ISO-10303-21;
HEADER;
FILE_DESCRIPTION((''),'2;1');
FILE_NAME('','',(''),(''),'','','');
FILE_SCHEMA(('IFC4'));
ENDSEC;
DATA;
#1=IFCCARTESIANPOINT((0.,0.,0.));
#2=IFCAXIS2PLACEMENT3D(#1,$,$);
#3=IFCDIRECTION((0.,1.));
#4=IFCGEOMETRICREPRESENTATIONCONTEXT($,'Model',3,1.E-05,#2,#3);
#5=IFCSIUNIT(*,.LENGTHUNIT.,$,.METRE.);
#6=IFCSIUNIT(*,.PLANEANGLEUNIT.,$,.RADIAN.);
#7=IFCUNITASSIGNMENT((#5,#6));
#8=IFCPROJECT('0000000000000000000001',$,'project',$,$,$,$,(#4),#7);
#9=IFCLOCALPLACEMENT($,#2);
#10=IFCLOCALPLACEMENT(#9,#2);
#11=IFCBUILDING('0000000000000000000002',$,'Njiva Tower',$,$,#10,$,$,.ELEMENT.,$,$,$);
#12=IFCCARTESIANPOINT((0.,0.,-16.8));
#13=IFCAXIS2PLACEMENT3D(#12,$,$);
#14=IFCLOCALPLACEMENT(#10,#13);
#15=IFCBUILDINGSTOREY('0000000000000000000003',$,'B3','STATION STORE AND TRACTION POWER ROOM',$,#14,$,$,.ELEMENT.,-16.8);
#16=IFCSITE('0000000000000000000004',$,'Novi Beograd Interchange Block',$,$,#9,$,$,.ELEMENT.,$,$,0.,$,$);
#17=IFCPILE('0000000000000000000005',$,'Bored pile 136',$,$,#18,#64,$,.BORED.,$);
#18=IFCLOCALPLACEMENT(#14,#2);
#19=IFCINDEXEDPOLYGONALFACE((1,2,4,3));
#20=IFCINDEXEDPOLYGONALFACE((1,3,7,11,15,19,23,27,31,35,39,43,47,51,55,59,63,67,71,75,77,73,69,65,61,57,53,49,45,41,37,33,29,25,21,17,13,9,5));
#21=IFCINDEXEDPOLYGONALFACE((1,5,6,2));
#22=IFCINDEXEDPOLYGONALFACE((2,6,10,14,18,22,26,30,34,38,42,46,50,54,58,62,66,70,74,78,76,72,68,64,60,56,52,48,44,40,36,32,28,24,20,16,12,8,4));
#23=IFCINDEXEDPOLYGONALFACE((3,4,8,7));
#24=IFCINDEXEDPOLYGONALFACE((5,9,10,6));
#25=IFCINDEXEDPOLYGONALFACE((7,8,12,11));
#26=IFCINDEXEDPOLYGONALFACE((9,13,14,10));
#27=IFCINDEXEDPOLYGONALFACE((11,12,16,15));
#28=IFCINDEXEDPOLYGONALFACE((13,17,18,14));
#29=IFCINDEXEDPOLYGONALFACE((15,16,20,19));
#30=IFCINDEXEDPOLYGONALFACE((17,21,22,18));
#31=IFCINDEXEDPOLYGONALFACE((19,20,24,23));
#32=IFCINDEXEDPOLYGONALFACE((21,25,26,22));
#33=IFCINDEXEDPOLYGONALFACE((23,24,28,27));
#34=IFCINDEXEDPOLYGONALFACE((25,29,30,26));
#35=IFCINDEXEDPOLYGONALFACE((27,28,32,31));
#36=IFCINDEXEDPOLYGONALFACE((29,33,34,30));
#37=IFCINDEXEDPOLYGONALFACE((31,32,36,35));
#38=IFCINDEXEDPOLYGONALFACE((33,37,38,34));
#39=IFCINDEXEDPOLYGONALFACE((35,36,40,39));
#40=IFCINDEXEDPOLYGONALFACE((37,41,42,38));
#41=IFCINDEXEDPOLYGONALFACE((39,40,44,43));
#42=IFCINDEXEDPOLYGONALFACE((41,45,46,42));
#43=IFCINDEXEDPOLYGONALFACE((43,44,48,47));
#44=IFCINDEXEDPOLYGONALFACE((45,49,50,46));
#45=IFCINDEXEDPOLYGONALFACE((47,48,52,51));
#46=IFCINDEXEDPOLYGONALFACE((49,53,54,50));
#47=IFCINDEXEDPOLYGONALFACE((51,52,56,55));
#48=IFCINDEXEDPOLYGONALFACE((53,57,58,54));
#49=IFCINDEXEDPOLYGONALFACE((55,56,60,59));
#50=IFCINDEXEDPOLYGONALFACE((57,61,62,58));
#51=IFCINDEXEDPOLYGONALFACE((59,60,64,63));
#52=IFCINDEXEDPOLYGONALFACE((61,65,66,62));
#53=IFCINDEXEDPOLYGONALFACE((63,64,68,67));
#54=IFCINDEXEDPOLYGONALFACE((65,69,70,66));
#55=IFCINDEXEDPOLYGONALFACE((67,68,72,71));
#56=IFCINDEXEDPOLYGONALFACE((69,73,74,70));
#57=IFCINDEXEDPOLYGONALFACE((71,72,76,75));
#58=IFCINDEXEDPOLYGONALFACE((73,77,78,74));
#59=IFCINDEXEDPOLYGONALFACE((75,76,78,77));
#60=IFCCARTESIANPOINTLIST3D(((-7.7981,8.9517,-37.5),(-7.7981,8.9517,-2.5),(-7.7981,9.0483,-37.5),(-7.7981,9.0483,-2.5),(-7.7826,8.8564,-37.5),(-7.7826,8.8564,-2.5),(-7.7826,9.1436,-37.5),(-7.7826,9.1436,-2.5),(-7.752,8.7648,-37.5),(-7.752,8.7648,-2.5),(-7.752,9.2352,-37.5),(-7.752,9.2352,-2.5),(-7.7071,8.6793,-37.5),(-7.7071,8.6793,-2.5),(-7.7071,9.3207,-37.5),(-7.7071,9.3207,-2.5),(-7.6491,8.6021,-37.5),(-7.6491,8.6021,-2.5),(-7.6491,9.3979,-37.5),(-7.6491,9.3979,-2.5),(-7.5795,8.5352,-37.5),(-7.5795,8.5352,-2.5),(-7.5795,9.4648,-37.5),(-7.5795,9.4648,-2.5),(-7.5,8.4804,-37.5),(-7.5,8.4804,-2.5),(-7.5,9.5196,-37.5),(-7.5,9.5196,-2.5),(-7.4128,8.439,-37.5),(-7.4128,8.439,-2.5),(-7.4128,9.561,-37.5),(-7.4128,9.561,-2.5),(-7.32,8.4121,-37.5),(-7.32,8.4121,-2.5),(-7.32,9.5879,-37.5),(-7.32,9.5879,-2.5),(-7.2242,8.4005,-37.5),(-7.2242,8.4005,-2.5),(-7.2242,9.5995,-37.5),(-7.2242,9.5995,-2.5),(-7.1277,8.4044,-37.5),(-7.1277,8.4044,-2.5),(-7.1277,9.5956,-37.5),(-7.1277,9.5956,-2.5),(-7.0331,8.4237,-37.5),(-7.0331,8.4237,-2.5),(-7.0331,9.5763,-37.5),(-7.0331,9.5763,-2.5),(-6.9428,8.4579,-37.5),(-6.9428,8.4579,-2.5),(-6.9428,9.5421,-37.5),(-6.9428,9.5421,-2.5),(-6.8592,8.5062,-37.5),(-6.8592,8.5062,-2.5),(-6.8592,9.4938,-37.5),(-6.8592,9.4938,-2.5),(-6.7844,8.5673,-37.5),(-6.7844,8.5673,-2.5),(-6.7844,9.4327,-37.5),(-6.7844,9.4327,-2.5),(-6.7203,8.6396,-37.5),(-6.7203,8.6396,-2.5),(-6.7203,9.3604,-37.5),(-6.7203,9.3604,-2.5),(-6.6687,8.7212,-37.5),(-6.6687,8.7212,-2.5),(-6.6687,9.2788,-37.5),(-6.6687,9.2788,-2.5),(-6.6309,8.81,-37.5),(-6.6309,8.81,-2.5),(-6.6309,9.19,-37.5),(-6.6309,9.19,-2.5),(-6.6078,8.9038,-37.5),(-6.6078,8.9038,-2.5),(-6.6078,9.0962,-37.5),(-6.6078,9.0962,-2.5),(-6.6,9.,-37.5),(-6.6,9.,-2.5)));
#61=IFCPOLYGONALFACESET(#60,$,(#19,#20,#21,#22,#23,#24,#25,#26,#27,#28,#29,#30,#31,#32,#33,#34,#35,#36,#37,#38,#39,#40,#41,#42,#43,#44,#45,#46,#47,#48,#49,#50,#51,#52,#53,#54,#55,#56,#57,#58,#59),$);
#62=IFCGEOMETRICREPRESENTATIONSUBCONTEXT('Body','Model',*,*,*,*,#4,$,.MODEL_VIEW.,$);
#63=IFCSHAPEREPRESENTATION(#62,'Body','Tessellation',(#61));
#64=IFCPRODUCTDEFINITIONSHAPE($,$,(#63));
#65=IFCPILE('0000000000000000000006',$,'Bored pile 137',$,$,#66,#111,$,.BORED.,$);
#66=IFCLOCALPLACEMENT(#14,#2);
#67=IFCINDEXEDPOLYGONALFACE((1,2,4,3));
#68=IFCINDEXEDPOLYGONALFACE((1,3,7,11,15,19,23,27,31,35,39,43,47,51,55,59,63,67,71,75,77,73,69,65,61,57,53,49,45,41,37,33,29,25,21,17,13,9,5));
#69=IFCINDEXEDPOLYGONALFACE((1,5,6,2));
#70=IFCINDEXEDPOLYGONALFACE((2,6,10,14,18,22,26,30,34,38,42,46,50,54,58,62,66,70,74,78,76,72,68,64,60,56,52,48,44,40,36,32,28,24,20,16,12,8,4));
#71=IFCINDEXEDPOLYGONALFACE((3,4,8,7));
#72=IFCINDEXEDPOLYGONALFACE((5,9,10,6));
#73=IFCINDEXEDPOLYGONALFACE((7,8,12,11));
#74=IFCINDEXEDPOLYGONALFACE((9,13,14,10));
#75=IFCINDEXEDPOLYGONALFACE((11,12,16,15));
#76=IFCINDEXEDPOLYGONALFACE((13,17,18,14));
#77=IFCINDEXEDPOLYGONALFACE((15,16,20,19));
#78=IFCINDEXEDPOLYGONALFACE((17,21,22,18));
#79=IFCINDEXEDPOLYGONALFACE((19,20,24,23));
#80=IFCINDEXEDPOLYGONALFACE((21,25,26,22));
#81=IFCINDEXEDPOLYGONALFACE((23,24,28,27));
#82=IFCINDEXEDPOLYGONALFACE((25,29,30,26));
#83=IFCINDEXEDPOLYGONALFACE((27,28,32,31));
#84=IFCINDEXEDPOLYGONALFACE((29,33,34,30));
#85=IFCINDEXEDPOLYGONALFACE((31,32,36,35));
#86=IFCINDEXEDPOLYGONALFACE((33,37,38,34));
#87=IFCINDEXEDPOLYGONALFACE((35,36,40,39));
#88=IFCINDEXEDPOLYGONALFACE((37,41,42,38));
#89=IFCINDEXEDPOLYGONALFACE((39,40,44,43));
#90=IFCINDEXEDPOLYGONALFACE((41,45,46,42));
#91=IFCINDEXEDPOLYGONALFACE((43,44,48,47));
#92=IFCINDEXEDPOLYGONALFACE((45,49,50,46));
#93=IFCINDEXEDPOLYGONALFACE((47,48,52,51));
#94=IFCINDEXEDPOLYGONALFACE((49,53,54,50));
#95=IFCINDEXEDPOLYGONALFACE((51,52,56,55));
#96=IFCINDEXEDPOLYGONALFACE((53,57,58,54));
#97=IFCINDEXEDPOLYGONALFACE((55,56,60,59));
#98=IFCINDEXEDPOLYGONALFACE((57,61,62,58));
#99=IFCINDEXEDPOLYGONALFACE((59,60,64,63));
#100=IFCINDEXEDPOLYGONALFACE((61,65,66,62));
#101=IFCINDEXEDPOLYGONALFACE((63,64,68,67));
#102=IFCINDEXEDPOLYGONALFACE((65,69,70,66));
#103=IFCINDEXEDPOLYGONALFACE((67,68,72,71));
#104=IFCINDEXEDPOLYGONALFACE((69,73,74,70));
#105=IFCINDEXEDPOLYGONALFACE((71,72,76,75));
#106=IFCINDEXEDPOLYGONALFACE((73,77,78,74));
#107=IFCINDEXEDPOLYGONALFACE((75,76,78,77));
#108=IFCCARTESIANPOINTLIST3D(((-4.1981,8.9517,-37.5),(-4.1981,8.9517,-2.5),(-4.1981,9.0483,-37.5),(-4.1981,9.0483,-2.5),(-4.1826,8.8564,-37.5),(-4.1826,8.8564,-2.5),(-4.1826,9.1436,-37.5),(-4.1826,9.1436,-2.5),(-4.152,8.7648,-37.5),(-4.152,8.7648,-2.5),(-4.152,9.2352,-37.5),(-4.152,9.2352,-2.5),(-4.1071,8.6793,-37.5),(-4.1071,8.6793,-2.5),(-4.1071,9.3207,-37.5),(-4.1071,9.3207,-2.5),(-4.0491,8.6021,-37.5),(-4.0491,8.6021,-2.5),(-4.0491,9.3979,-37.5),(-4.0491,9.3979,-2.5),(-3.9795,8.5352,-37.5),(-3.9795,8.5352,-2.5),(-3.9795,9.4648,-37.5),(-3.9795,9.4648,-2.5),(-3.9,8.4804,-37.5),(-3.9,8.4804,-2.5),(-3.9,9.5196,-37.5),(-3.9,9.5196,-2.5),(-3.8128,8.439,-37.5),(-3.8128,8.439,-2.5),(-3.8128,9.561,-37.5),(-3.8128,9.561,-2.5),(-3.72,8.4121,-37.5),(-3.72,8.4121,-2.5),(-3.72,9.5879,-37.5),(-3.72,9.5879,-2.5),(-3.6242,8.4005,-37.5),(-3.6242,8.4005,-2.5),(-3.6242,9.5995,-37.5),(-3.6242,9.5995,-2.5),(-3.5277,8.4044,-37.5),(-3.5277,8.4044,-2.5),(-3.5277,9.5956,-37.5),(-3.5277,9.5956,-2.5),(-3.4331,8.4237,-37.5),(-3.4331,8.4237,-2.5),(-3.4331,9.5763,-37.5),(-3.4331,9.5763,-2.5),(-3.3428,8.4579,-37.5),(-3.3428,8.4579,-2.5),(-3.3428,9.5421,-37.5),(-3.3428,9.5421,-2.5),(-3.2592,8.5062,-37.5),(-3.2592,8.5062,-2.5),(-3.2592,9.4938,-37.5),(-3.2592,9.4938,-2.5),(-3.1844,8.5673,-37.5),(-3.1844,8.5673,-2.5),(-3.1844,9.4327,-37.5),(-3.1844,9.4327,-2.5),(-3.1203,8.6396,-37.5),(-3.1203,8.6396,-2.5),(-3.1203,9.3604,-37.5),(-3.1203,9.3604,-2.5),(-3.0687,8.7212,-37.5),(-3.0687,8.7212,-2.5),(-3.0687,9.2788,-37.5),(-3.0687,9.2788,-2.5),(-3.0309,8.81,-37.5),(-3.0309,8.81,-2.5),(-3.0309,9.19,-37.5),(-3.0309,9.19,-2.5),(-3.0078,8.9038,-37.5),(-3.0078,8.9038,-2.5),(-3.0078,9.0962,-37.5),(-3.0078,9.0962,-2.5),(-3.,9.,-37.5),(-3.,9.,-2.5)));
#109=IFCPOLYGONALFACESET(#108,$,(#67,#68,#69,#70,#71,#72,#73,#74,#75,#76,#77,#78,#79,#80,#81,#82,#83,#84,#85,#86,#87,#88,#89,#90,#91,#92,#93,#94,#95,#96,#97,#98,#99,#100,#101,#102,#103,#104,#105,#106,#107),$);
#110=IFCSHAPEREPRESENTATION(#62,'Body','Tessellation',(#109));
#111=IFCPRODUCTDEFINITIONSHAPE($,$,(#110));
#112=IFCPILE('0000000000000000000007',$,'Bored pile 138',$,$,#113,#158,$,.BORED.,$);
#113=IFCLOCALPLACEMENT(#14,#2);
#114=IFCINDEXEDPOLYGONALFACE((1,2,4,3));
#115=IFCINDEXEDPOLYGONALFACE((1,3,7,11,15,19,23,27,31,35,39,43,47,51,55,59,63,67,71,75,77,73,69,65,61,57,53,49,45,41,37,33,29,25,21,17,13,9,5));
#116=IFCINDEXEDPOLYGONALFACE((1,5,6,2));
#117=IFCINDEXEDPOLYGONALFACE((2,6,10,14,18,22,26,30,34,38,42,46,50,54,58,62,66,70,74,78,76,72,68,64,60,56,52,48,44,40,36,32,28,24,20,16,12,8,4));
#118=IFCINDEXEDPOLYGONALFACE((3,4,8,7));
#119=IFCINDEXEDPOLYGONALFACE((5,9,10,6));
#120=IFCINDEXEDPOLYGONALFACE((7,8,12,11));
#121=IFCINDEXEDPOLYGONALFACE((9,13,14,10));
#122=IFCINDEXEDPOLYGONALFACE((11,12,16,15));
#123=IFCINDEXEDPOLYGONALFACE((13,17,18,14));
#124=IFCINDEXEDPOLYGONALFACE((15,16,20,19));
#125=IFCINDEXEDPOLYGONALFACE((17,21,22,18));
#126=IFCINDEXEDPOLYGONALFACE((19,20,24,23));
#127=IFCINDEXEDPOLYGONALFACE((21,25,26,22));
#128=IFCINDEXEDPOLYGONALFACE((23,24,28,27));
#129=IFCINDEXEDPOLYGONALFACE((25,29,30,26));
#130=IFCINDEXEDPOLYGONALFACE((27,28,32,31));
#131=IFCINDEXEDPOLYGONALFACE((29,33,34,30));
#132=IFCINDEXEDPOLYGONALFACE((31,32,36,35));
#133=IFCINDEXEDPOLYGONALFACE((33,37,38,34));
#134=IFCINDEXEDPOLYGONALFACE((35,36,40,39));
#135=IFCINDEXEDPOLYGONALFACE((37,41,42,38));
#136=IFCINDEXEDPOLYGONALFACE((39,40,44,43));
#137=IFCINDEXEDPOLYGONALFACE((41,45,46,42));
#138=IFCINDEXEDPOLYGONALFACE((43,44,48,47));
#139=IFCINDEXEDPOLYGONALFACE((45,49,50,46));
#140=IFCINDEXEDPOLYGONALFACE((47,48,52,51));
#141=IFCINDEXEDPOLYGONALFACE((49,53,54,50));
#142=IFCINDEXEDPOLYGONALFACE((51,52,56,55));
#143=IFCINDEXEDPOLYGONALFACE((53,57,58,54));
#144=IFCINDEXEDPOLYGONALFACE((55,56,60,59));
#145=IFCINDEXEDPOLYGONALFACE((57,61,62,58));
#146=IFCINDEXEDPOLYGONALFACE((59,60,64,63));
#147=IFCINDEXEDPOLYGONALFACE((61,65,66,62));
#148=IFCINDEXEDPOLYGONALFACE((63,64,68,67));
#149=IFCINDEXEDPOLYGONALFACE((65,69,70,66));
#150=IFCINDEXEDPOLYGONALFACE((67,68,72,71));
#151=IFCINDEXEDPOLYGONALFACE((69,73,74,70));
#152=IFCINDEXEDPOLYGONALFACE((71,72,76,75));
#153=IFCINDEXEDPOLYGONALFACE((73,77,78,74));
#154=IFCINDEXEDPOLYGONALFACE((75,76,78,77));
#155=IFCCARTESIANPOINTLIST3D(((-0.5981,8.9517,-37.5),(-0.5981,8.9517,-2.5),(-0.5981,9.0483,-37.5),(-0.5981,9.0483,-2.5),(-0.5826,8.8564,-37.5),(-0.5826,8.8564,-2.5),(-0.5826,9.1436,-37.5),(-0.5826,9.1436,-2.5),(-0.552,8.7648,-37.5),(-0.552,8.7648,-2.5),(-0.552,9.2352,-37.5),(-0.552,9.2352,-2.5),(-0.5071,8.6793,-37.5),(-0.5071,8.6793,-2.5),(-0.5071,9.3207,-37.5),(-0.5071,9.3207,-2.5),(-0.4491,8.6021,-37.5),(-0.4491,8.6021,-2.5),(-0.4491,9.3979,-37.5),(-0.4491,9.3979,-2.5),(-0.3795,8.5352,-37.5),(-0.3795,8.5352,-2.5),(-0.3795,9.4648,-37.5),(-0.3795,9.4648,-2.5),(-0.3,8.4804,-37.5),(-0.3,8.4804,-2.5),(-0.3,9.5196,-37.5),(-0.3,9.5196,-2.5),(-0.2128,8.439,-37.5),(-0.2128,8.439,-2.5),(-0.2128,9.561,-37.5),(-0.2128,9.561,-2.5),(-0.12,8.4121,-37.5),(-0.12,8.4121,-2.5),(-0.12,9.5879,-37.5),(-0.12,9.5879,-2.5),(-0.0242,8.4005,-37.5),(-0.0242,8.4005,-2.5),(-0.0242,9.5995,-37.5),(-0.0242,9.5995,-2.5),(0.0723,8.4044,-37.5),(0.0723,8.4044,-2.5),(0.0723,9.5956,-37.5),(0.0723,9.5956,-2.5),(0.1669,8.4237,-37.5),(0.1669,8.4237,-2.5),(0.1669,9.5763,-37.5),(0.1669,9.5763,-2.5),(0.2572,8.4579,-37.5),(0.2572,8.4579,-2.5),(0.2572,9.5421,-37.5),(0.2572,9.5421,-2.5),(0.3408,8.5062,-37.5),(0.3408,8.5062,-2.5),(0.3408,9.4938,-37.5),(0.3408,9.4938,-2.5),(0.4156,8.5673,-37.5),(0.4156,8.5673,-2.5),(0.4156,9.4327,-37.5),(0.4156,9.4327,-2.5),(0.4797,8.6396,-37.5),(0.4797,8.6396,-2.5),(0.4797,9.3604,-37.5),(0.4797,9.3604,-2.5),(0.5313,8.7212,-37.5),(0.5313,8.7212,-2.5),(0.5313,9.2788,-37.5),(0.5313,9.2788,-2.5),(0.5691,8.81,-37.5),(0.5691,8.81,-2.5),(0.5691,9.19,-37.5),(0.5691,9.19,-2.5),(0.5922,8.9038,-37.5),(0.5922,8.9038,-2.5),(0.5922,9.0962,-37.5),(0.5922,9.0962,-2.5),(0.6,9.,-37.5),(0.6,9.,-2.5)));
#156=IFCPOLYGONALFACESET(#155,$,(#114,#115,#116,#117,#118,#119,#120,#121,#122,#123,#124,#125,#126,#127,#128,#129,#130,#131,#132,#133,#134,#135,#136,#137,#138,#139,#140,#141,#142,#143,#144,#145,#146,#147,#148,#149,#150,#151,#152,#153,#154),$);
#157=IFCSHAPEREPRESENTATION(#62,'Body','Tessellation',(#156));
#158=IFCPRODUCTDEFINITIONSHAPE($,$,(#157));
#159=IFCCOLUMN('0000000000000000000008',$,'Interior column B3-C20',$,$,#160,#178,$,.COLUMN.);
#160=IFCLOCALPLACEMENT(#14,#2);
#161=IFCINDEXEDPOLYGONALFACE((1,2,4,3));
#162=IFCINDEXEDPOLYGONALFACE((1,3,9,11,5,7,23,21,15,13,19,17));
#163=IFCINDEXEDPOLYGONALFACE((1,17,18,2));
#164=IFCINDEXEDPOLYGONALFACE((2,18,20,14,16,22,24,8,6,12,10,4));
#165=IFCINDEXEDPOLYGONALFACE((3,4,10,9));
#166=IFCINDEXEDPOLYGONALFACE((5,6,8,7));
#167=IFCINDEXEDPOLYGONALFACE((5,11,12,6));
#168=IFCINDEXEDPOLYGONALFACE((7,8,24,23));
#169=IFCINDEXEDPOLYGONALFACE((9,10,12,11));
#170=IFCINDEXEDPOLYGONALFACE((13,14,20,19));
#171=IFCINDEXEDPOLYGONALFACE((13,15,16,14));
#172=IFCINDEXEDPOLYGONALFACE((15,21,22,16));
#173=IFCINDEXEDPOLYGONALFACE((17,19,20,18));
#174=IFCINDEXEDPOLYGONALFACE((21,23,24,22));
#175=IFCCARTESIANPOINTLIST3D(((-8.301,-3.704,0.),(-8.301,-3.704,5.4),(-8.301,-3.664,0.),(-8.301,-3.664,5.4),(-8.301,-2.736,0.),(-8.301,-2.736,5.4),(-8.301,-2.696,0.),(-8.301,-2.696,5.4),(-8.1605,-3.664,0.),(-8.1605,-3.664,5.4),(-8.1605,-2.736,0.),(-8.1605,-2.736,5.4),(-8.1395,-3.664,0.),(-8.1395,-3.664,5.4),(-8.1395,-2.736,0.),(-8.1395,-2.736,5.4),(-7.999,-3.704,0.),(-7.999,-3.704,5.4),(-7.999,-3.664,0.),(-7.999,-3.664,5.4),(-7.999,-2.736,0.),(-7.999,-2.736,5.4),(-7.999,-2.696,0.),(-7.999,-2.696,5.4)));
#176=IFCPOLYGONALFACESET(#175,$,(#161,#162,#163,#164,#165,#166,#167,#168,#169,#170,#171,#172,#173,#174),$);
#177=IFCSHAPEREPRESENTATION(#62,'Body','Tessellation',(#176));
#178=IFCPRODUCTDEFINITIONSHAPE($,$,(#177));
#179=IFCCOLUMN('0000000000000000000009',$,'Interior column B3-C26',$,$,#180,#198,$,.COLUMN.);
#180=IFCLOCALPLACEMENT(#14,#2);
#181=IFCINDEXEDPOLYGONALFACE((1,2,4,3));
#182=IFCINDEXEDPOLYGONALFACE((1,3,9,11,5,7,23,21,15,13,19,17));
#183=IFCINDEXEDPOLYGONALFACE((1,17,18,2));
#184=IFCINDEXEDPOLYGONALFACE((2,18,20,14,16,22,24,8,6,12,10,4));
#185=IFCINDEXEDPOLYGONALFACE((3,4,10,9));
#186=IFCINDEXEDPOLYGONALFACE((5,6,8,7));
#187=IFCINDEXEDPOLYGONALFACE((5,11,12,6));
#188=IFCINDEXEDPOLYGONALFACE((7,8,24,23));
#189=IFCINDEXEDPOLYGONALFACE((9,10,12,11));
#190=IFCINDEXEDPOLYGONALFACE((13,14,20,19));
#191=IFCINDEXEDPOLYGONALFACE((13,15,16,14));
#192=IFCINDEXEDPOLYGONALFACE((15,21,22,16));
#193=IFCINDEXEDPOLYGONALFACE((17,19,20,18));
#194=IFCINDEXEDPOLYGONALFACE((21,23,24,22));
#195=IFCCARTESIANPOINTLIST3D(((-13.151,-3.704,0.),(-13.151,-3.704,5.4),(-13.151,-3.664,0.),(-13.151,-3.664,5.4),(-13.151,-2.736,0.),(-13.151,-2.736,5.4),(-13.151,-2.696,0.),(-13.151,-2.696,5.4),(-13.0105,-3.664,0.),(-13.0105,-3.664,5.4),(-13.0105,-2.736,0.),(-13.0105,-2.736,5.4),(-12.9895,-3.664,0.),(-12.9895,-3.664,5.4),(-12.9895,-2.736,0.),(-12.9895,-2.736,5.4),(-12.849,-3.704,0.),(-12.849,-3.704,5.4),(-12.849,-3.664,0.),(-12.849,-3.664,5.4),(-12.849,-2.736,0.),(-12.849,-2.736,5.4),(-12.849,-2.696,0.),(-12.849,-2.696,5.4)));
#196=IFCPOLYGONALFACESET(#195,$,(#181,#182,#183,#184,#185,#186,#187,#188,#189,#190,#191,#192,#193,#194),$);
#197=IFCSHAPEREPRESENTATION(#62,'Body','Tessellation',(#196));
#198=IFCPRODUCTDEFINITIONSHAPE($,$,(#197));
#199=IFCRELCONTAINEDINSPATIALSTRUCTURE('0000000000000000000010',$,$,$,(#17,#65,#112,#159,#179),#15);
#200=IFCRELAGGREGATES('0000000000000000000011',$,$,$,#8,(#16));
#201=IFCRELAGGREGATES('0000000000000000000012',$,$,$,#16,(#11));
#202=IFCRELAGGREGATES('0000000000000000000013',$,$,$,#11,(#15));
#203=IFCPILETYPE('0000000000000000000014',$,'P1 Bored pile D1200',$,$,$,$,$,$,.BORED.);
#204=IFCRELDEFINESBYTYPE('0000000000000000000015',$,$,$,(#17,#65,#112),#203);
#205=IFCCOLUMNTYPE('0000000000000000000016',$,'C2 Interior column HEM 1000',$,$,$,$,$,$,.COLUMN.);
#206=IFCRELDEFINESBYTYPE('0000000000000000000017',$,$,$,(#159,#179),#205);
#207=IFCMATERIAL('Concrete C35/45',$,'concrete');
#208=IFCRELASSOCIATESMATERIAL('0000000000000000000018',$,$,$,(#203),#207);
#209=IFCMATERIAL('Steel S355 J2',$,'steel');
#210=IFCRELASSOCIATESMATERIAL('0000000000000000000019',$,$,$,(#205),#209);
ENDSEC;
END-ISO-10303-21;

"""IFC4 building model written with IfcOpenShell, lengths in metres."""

from ifc_helpers import new_model, si_unit, direction, frame, origin, origin_2d, place, context, subcontext, project, spatial, circle, i_section, extrude, material, material_profile, profile_set, type_object, element, save


model = new_model("IFC4")

# Units and contexts
model_context = context("Model", 3, precision=1e-05, world=origin(), true_north=direction((0.0, 1.0)))
body_context = subcontext(model_context, "Body", "Model", "MODEL_VIEW")
ifc_project = project(units=[si_unit("LENGTHUNIT", "METRE"), si_unit("PLANEANGLEUNIT", "RADIAN")], contexts=[model_context])

# Site, building, storey
site_placement = place(None, origin())
site = spatial("IfcSite", under=ifc_project, at=site_placement, Name="Novi Beograd Interchange Block", CompositionType="ELEMENT", RefElevation=0.0)
building_placement = place(site_placement, origin())
building = spatial("IfcBuilding", under=site, at=building_placement, Name="Njiva Tower", CompositionType="ELEMENT")
storey_placement = place(building_placement, frame((0.0, 0.0, -16.8)))
storey = spatial("IfcBuildingStorey", under=building, at=storey_placement, Name="B3", Description="STATION STORE AND TRACTION POWER ROOM", CompositionType="ELEMENT", Elevation=-16.8)

# Piles
ifc_material_1 = material(Name="Concrete C35/45", Category="concrete")
ifc_material_profile_1 = material_profile(ifc_material_1, circle(Radius=0.6, at=origin_2d()), Name="D1200")
ifc_profile_set_1 = profile_set([ifc_material_profile_1], Name="Concrete C35/45")
pile_type = type_object("IfcPileType", Name="P1 Bored pile D1200", PredefinedType="BORED", material=ifc_profile_set_1)
for number, where, z_axis, x_axis, name in (
    (1, (-7.2, 9.0, -2.5), (0.0, 0.0, -1.0), (1.0, 0.0, 0.0), "Bored pile 136"),
    (2, (-3.6, 9.0, -2.5), (0.0, 0.0, -1.0), (1.0, 0.0, 0.0), "Bored pile 137"),
    (3, (0.0, 9.0, -2.5), (0.0, 0.0, -1.0), (1.0, 0.0, 0.0), "Bored pile 138"),
):
    element("IfcPile", number, at=place(storey_placement, frame(where, z_axis=z_axis, x_axis=x_axis)), inside=storey, type_object=pile_type, Name=name, PredefinedType="BORED", context=body_context, shape_type="SweptSolid", body=[
        extrude(circle(Radius=0.6, at=origin_2d()), origin(), (0.0, 0.0, 1.0), 35.0),
    ])

# Columns
ifc_material_2 = material(Name="Steel S355 J2", Category="steel")
ifc_material_profile_2 = material_profile(ifc_material_2, i_section(OverallWidth=0.302, OverallDepth=1.008, WebThickness=0.021, FlangeThickness=0.04, at=origin_2d()), Name="HEM 1000")
ifc_profile_set_2 = profile_set([ifc_material_profile_2], Name="Steel S355 J2")
column_type = type_object("IfcColumnType", Name="C2 Interior column HEM 1000", PredefinedType="COLUMN", material=ifc_profile_set_2)
for number, where, z_axis, x_axis, name in (
    (4, (-8.15, -3.2, 0.0), (0.0, 0.0, 1.0), (1.0, 0.0, 0.0), "Interior column B3-C20"),
    (5, (-13.0, -3.2, 0.0), (0.0, 0.0, 1.0), (1.0, 0.0, 0.0), "Interior column B3-C26"),
):
    element("IfcColumn", number, at=place(storey_placement, frame(where, z_axis=z_axis, x_axis=x_axis)), inside=storey, type_object=column_type, Name=name, PredefinedType="COLUMN", context=body_context, shape_type="SweptSolid", body=[
        extrude(i_section(OverallWidth=0.302, OverallDepth=1.008, WebThickness=0.021, FlangeThickness=0.04, at=origin_2d()), origin(), (0.0, 0.0, 1.0), 5.4),
    ])

save(model, "model.ifc")
